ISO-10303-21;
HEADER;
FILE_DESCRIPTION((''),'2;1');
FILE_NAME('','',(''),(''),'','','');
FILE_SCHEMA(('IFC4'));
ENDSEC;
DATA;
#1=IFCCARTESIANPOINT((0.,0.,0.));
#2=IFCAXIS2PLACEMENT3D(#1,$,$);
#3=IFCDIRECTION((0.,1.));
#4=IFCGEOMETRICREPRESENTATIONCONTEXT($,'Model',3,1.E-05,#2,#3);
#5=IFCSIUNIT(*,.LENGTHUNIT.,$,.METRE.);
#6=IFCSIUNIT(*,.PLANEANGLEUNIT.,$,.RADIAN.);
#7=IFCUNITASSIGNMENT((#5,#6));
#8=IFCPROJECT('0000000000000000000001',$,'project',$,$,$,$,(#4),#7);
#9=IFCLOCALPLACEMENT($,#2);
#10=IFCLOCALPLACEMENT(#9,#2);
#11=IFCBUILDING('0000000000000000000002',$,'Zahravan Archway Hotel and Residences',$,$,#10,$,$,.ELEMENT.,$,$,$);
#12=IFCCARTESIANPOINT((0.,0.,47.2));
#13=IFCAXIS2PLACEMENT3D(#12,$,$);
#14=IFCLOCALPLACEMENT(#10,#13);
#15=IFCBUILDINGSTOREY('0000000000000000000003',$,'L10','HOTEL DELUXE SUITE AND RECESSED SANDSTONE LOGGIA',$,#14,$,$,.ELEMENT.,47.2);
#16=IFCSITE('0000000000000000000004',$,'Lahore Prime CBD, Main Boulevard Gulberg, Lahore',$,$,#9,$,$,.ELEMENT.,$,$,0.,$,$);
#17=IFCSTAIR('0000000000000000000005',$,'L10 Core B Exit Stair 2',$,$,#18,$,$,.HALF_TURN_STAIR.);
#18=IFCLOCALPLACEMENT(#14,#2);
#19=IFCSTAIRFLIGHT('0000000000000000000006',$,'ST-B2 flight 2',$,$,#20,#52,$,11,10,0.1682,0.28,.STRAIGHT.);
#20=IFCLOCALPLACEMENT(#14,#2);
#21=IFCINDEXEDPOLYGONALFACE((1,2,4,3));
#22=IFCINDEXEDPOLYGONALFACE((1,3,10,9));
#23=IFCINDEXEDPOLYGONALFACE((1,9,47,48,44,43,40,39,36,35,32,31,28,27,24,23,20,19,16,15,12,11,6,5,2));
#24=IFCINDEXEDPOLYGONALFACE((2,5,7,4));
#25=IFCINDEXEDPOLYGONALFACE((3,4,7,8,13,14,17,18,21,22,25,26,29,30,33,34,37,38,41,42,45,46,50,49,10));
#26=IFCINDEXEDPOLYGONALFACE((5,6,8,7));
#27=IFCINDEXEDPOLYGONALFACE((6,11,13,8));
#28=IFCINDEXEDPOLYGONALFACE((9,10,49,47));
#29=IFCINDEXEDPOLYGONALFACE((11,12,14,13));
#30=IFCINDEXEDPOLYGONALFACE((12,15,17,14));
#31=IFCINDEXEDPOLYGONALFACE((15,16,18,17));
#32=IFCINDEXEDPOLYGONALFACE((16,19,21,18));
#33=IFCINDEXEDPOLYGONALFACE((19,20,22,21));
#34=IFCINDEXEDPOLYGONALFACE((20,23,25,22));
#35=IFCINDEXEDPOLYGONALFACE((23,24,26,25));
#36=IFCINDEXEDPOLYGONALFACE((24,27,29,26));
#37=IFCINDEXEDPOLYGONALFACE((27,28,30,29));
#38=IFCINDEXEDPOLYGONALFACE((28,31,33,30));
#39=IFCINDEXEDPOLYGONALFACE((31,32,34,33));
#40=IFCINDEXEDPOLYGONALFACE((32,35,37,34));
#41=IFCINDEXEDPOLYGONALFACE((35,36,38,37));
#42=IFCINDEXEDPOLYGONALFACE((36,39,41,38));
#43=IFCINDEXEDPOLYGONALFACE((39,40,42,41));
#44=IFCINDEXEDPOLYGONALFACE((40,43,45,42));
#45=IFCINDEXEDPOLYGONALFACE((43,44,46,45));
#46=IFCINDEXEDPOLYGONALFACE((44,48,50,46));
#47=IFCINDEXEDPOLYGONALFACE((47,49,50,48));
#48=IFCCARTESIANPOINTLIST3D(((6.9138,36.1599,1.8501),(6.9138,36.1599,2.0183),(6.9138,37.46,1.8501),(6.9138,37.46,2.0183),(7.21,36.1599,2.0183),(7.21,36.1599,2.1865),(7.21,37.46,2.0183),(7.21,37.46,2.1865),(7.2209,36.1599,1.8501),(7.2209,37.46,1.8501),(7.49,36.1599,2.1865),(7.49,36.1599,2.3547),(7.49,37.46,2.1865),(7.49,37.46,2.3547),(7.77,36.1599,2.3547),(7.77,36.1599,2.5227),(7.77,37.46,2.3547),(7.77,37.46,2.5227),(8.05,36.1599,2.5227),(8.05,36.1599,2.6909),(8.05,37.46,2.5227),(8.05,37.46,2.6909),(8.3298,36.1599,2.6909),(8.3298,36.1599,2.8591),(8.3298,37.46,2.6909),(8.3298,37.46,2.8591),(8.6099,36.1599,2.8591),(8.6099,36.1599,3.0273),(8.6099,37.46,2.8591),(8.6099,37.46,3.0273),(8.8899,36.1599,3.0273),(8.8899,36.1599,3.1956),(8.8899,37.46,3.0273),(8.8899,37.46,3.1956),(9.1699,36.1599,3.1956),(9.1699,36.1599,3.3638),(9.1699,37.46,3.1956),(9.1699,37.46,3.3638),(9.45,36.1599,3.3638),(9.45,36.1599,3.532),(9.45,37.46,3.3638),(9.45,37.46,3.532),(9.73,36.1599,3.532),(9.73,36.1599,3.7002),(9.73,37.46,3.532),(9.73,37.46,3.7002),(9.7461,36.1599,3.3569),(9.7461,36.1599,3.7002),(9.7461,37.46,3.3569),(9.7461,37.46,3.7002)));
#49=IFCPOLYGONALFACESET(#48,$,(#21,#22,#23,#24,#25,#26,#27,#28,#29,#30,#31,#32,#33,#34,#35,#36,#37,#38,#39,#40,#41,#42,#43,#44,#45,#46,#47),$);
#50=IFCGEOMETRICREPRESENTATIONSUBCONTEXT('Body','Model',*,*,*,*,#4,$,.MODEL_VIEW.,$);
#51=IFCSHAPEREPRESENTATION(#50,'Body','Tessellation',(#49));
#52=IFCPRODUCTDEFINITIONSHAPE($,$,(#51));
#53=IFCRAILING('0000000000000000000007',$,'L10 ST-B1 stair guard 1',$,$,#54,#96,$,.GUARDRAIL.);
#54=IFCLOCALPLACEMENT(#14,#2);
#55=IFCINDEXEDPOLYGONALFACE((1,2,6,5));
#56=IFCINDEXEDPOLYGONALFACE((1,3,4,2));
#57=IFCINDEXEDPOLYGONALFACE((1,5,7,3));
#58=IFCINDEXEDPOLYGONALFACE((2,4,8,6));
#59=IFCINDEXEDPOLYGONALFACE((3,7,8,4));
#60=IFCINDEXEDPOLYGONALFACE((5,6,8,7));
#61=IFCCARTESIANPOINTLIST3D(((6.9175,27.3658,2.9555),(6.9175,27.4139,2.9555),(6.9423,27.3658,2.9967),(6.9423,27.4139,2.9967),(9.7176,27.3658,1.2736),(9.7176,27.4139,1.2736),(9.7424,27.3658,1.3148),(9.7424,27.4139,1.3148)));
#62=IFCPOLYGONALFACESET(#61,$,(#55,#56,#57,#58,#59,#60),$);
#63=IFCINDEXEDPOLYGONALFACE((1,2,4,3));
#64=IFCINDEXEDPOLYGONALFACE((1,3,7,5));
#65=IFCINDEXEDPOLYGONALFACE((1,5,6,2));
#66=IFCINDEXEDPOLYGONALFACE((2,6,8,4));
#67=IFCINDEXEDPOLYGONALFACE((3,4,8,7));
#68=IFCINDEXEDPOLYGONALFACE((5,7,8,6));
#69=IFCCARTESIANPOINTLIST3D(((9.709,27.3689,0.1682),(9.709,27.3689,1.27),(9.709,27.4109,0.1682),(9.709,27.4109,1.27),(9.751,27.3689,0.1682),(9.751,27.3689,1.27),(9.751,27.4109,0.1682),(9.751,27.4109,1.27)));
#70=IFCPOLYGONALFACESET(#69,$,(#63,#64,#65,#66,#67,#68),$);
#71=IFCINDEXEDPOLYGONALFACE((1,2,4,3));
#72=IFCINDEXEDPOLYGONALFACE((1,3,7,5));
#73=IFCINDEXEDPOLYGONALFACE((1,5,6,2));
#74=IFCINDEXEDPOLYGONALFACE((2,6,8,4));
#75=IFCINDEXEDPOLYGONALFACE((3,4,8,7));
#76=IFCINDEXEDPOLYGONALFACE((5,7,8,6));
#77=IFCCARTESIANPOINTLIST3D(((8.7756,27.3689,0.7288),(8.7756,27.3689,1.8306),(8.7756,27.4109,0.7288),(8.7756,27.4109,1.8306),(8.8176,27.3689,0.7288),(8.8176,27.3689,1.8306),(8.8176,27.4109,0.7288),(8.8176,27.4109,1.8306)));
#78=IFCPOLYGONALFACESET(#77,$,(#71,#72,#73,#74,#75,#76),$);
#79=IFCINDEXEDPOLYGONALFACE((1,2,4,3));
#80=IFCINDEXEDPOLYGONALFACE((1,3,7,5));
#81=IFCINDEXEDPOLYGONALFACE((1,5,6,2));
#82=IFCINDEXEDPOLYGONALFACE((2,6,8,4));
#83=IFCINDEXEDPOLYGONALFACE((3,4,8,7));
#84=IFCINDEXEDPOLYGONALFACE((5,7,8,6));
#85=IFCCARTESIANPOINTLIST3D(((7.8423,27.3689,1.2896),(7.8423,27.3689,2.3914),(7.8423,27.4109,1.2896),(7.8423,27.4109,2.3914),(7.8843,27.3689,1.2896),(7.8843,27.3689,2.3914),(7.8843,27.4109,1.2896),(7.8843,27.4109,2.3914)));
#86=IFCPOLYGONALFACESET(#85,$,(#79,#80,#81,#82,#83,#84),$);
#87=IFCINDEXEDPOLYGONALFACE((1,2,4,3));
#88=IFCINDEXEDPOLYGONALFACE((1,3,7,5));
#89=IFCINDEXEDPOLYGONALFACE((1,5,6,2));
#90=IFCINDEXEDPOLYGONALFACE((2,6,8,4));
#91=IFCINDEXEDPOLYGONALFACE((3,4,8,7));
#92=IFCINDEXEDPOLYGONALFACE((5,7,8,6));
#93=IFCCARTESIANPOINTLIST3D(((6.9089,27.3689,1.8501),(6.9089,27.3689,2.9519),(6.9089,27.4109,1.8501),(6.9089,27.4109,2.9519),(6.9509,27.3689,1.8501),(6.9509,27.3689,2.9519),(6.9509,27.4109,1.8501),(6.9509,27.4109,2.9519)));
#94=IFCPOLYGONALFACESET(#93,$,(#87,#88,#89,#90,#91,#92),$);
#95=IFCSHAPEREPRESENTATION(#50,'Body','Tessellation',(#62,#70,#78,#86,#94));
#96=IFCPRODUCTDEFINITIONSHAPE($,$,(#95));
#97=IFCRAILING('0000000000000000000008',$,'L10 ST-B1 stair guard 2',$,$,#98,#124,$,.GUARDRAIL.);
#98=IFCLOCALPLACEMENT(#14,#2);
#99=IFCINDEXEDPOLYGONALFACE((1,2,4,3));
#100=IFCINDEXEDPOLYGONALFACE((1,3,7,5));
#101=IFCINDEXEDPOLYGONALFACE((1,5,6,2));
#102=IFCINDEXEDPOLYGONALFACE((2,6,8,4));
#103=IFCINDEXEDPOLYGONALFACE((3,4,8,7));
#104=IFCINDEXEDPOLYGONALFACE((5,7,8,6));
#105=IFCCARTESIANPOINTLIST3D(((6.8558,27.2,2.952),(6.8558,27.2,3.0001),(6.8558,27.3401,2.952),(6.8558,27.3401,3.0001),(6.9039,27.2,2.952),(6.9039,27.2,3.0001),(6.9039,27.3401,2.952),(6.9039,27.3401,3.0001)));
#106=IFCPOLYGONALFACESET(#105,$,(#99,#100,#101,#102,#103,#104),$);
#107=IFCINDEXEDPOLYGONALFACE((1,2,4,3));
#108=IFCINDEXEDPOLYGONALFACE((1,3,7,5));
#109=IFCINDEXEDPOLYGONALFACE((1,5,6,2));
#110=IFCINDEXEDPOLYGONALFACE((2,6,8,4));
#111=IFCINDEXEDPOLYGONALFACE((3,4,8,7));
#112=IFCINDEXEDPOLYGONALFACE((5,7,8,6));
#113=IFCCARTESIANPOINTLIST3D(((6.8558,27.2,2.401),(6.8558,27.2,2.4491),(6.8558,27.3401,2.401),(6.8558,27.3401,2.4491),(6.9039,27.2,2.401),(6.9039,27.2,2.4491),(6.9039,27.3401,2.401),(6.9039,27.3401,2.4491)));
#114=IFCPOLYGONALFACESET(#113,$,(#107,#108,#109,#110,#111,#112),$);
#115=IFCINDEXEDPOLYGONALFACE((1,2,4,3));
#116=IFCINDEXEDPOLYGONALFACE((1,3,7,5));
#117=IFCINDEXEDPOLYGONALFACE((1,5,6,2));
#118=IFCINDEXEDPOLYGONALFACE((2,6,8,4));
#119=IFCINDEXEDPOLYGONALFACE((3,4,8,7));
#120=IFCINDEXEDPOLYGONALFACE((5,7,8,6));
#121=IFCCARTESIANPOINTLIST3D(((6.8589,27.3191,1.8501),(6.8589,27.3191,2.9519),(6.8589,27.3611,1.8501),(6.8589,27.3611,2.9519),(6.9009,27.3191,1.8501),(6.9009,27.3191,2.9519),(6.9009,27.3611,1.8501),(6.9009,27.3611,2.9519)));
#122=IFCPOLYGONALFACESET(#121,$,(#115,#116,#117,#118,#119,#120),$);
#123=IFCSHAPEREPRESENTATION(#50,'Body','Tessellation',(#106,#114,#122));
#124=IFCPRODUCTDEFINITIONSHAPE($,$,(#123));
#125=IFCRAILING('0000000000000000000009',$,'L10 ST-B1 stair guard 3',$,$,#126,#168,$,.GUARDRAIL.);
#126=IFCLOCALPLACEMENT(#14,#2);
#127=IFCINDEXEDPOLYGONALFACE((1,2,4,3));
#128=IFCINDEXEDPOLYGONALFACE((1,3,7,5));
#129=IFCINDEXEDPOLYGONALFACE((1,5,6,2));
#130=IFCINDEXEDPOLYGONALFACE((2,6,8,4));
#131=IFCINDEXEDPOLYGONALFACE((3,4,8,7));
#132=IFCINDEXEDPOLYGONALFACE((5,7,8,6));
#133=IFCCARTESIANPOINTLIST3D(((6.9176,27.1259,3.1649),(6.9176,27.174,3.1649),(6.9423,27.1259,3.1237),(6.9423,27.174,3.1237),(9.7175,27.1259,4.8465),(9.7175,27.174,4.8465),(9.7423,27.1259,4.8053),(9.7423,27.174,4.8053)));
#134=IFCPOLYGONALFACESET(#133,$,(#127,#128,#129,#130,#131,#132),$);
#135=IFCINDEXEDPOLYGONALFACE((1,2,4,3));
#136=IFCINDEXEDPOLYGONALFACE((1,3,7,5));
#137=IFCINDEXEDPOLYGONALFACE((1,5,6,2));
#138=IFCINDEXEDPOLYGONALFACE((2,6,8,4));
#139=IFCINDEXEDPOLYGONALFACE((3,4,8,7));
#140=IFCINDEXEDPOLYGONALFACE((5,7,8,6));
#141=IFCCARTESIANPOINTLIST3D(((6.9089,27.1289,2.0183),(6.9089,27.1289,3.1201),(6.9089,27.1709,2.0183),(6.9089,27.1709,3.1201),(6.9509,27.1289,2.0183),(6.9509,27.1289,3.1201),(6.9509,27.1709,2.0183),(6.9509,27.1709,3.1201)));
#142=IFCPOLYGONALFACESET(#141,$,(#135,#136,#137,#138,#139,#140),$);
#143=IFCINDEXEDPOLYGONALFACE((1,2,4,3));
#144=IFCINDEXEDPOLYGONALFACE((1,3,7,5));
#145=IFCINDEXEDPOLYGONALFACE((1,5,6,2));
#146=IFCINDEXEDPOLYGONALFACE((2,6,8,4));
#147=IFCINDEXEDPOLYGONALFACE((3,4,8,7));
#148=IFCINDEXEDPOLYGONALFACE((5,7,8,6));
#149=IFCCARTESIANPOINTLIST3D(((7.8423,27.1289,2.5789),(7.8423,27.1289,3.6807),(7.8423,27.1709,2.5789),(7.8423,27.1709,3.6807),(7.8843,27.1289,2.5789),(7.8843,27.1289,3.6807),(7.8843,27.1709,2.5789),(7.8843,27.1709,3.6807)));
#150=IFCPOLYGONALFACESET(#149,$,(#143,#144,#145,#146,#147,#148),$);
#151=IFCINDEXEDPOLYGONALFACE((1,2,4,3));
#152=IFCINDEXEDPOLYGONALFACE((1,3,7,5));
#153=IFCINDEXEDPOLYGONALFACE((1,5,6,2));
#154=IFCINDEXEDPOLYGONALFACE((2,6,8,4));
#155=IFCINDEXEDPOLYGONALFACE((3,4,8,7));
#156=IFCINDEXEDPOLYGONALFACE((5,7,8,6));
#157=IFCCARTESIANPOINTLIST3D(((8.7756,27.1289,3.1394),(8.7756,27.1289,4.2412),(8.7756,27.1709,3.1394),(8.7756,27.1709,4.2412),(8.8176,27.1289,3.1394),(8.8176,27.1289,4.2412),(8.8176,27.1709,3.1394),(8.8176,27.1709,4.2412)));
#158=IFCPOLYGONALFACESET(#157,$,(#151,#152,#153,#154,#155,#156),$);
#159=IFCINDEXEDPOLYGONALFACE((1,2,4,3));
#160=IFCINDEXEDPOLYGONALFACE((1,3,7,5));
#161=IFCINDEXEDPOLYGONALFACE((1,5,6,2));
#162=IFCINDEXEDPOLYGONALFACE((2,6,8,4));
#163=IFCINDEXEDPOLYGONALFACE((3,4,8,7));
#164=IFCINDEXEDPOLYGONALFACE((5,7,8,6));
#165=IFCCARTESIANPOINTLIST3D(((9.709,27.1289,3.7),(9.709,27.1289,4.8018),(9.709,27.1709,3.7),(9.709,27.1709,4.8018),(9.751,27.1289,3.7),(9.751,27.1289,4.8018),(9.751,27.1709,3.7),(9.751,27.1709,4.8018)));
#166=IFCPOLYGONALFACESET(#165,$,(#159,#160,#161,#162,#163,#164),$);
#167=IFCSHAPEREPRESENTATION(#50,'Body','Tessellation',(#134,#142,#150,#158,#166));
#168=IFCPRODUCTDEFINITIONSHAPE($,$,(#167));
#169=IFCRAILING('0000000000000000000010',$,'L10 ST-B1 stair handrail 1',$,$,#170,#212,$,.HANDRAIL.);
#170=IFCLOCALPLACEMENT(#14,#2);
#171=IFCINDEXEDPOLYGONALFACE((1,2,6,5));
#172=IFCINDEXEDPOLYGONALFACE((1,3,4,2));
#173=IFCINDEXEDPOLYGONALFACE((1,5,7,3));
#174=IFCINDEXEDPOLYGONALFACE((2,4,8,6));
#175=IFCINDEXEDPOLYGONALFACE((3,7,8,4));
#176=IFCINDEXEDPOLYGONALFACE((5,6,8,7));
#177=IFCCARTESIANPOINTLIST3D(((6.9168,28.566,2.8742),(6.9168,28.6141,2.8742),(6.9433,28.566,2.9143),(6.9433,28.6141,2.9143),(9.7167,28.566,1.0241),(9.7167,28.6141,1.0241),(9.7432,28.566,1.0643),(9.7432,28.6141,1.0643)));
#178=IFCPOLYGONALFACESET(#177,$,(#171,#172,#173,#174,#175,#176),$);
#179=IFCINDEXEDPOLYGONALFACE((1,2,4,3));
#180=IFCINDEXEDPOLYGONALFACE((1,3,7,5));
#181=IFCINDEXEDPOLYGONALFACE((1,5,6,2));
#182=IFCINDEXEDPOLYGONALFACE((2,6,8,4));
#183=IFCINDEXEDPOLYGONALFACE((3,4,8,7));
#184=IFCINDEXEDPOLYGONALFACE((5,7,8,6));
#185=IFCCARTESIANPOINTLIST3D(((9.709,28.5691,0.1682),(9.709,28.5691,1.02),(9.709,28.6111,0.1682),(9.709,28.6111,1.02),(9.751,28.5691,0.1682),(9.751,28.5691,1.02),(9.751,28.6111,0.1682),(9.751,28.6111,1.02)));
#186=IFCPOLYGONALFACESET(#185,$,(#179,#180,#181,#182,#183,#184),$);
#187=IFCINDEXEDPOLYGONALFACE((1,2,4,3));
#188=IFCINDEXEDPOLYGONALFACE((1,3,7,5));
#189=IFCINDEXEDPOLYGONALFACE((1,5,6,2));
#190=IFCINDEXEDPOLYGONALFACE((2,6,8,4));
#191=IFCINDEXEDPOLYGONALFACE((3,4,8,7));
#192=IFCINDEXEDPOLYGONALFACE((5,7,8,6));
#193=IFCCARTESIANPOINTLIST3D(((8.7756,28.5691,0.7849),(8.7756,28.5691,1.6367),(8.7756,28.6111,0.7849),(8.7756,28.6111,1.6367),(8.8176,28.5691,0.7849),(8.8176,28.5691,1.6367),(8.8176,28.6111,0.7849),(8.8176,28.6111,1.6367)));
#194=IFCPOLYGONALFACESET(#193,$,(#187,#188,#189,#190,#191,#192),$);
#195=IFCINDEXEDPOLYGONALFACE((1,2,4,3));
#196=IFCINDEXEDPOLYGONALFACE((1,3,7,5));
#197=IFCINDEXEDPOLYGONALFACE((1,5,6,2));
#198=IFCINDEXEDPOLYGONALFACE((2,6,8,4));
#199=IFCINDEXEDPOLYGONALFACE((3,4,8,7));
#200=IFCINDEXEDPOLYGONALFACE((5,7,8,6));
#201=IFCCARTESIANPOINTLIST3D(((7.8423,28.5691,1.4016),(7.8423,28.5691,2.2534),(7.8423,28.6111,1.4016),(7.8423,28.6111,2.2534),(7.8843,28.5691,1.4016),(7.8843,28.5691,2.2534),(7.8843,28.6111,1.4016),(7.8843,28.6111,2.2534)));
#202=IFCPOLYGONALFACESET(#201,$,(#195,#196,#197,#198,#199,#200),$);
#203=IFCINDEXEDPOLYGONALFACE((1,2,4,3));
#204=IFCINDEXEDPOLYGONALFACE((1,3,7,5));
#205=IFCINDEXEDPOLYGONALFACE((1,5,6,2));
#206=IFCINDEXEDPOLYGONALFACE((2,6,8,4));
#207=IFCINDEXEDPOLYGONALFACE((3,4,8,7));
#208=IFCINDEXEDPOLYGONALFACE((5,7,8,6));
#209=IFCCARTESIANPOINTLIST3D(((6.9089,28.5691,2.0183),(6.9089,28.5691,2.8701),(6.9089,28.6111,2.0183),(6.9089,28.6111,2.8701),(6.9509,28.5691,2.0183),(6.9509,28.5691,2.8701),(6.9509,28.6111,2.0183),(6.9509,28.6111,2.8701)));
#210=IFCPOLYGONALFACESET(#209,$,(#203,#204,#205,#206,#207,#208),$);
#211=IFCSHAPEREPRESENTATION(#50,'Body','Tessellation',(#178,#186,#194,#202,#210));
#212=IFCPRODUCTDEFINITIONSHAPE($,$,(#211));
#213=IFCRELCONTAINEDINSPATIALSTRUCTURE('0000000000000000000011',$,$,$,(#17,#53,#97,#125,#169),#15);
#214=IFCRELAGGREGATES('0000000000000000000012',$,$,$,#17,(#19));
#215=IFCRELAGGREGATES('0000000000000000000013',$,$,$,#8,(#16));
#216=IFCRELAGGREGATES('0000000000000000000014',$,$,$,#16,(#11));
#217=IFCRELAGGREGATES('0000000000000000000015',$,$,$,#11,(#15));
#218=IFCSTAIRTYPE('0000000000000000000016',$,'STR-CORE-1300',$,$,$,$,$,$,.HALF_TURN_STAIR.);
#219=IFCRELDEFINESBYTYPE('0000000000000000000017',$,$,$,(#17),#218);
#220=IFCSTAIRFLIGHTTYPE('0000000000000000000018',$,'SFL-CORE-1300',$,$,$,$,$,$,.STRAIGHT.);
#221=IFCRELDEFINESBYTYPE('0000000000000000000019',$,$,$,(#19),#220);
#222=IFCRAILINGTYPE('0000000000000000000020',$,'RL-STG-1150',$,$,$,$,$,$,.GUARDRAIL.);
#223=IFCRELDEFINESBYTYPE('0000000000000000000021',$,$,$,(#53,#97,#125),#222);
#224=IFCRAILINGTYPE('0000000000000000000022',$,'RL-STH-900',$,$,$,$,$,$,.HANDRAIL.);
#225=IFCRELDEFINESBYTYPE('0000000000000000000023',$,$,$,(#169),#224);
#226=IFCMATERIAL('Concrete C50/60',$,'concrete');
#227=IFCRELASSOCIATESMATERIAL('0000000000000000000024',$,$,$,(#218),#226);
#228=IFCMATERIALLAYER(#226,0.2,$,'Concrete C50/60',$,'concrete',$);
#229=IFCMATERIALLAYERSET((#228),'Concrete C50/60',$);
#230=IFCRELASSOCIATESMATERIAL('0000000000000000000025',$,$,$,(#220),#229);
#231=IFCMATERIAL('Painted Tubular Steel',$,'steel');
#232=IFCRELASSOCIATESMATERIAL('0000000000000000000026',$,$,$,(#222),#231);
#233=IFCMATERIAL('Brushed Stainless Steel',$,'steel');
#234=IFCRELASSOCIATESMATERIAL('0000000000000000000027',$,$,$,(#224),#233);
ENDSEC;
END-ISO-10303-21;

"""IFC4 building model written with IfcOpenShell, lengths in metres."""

from ifc_helpers import new_model, si_unit, direction, frame, origin, origin_2d, place, context, subcontext, project, spatial, polyline, rectangle, outline, extrude, source, transform, mapped, material, layer, layer_set, type_object, element, aggregate, save


model = new_model("IFC4")

# Units and contexts
model_context = context("Model", 3, precision=1e-05, world=origin(), true_north=direction((0.0, 1.0)))
body_context = subcontext(model_context, "Body", "Model", "MODEL_VIEW")
ifc_project = project(units=[si_unit("LENGTHUNIT", "METRE"), si_unit("PLANEANGLEUNIT", "RADIAN")], contexts=[model_context])

# Site, building, storey
site_placement = place(None, origin())
site = spatial("IfcSite", under=ifc_project, at=site_placement, Name="Lahore Prime CBD, Main Boulevard Gulberg, Lahore", CompositionType="ELEMENT", RefElevation=0.0)
building_placement = place(site_placement, origin())
building = spatial("IfcBuilding", under=site, at=building_placement, Name="Zahravan Archway Hotel and Residences", CompositionType="ELEMENT")
storey_placement = place(building_placement, frame((0.0, 0.0, 47.2)))
storey = spatial("IfcBuildingStorey", under=building, at=storey_placement, Name="L10", Description="HOTEL DELUXE SUITE AND RECESSED SANDSTONE LOGGIA", CompositionType="ELEMENT", Elevation=47.2)

# Shared definitions
ifc_material_1 = material(Name="Brushed Stainless Steel", Category="steel")

# Shared definitions
ifc_material_2 = material(Name="Concrete C50/60", Category="concrete")

# Shared definitions
stair_type = type_object("IfcStairType", Name="STR-CORE-1300", PredefinedType="HALF_TURN_STAIR", material=ifc_material_2)
ifc_layer_1 = layer(ifc_material_2, 0.2, Name="Concrete C50/60", Category="concrete")
ifc_layer_set_1 = layer_set([ifc_layer_1], Name="Concrete C50/60")
stair_flight_type = type_object("IfcStairFlightType", Name="SFL-CORE-1300", PredefinedType="STRAIGHT", material=ifc_layer_set_1)
shared_shape_1 = source(origin(), body_context, "Body", "SweptSolid", [
    extrude(outline(polyline([(-0.0161, 0.0), (-0.0161, 0.1682), (0.28, 0.1682), (0.28, 0.3364), (0.5601, 0.3364), (0.5601, 0.5046), (0.8401, 0.5046), (0.8401, 0.6726), (1.1201, 0.6726), (1.1201, 0.8408), (1.3999, 0.8408), (1.3999, 1.009), (1.6799, 1.009), (1.6799, 1.1772), (1.96, 1.1772), (1.96, 1.3455), (2.24, 1.3455), (2.24, 1.5137), (2.52, 1.5137), (2.52, 1.6819), (2.8, 1.6819), (2.8, 1.8501), (2.8162, 1.8501), (2.8162, 1.5068), (0.291, 0.0), (-0.0161, 0.0)])), frame((0.0, 0.6499, 0.0), z_axis=(0.0, -1.0, 0.0), x_axis=(1.0, 0.0, 0.0)), (0.0, 0.0, 1.0), 1.3),
])

# Stair, stair flight
stair_1_placement = place(storey_placement, origin())
stair_1 = element("IfcStair", 1, at=stair_1_placement, inside=storey, type_object=stair_type, Name="L10 Core B Exit Stair 2", PredefinedType="HALF_TURN_STAIR")
stair_flight_1_placement = place(storey_placement, frame((6.9299, 36.8101, 1.8501), z_axis=(0.0, 0.0, 1.0), x_axis=(1.0, 0.0, 0.0)))
stair_flight_1 = element("IfcStairFlight", 2, at=stair_flight_1_placement, type_object=stair_flight_type, Name="ST-B2 flight 2", NumberOfRisers=11, NumberOfTreads=10, PredefinedType="STRAIGHT", RiserHeight=0.1682, TreadLength=0.28, context=body_context, shape_type="MappedRepresentation", body=[
    mapped(shared_shape_1, transform((0.0, 0.0, 0.0), scale=1.0)),
])
aggregate(stair_1, [stair_flight_1])

# Railings
ifc_material_3 = material(Name="Painted Tubular Steel", Category="steel")
railing_type_1 = type_object("IfcRailingType", Name="RL-STG-1150", PredefinedType="GUARDRAIL", material=ifc_material_3)
railing_1_placement = place(storey_placement, frame((9.73, 27.3899, 0.1682)))
element("IfcRailing", 3, at=railing_1_placement, inside=storey, type_object=railing_type_1, Name="L10 ST-B1 stair guard 1", PredefinedType="GUARDRAIL", context=body_context, shape_type="SweptSolid", body=[
    extrude(rectangle(XDim=0.0481, YDim=0.0481, at=origin_2d()), frame((0.0, 0.0, 1.126), z_axis=(-0.857242, 0.0, 0.514913), x_axis=(0.0, -1.0, 0.0)), (0.0, 0.0, 1.0), 3.2664),
    extrude(rectangle(XDim=0.042, YDim=0.042, at=origin_2d()), origin(), (0.0, 0.0, 1.0), 1.1018),
    extrude(rectangle(XDim=0.042, YDim=0.042, at=origin_2d()), frame((-0.9333, 0.0, 0.5605)), (0.0, 0.0, 1.0), 1.1018),
    extrude(rectangle(XDim=0.042, YDim=0.042, at=origin_2d()), frame((-1.8667, 0.0, 1.1213)), (0.0, 0.0, 1.0), 1.1018),
    extrude(rectangle(XDim=0.042, YDim=0.042, at=origin_2d()), frame((-2.8, 0.0, 1.6819)), (0.0, 0.0, 1.0), 1.1018),
])
railing_2_placement = place(storey_placement, frame((6.8799, 27.3401, 1.8501)))
element("IfcRailing", 4, at=railing_2_placement, inside=storey, type_object=railing_type_1, Name="L10 ST-B1 stair guard 2", PredefinedType="GUARDRAIL", context=body_context, shape_type="SweptSolid", body=[
    extrude(rectangle(XDim=0.0481, YDim=0.0481, at=origin_2d()), frame((0.0, 0.0, 1.126), z_axis=(0.0, -1.0, 0.0), x_axis=(1.0, 0.0, 0.0)), (0.0, 0.0, 1.0), 0.1401),
    extrude(rectangle(XDim=0.0481, YDim=0.0481, at=origin_2d()), frame((0.0, 0.0, 0.575), z_axis=(0.0, -1.0, 0.0), x_axis=(1.0, 0.0, 0.0)), (0.0, 0.0, 1.0), 0.1401),
    extrude(rectangle(XDim=0.042, YDim=0.042, at=origin_2d()), origin(), (0.0, 0.0, 1.0), 1.1018),
])
railing_3_placement = place(storey_placement, frame((6.9299, 27.1499, 2.0183)))
element("IfcRailing", 5, at=railing_3_placement, inside=storey, type_object=railing_type_1, Name="L10 ST-B1 stair guard 3", PredefinedType="GUARDRAIL", context=body_context, shape_type="SweptSolid", body=[
    extrude(rectangle(XDim=0.0481, YDim=0.0481, at=origin_2d()), frame((0.0, 0.0, 1.126), z_axis=(0.857275, 0.0, 0.514858), x_axis=(0.0, 1.0, 0.0)), (0.0, 0.0, 1.0), 3.2661),
    extrude(rectangle(XDim=0.042, YDim=0.042, at=origin_2d()), origin(), (0.0, 0.0, 1.0), 1.1018),
    extrude(rectangle(XDim=0.042, YDim=0.042, at=origin_2d()), frame((0.9333, 0.0, 0.5605)), (0.0, 0.0, 1.0), 1.1018),
    extrude(rectangle(XDim=0.042, YDim=0.042, at=origin_2d()), frame((1.8667, 0.0, 1.1211)), (0.0, 0.0, 1.0), 1.1018),
    extrude(rectangle(XDim=0.042, YDim=0.042, at=origin_2d()), frame((2.8, 0.0, 1.6816)), (0.0, 0.0, 1.0), 1.1018),
])
railing_type_2 = type_object("IfcRailingType", Name="RL-STH-900", PredefinedType="HANDRAIL", material=ifc_material_1)
railing_4_placement = place(storey_placement, frame((9.73, 28.5901, 0.1682)))
element("IfcRailing", 6, at=railing_4_placement, inside=storey, type_object=railing_type_2, Name="L10 ST-B1 stair handrail 1", PredefinedType="HANDRAIL", context=body_context, shape_type="SweptSolid", body=[
    extrude(rectangle(XDim=0.0481, YDim=0.0481, at=origin_2d()), frame((0.0, 0.0, 0.876), z_axis=(-0.834326, 0.0, 0.551271), x_axis=(0.0, -1.0, 0.0)), (0.0, 0.0, 1.0), 3.356),
    extrude(rectangle(XDim=0.042, YDim=0.042, at=origin_2d()), origin(), (0.0, 0.0, 1.0), 0.8518),
    extrude(rectangle(XDim=0.042, YDim=0.042, at=origin_2d()), frame((-0.9333, 0.0, 0.6167)), (0.0, 0.0, 1.0), 0.8518),
    extrude(rectangle(XDim=0.042, YDim=0.042, at=origin_2d()), frame((-1.8667, 0.0, 1.2334)), (0.0, 0.0, 1.0), 0.8518),
    extrude(rectangle(XDim=0.042, YDim=0.042, at=origin_2d()), frame((-2.8, 0.0, 1.8501)), (0.0, 0.0, 1.0), 0.8518),
])

save(model, "model.ifc")
